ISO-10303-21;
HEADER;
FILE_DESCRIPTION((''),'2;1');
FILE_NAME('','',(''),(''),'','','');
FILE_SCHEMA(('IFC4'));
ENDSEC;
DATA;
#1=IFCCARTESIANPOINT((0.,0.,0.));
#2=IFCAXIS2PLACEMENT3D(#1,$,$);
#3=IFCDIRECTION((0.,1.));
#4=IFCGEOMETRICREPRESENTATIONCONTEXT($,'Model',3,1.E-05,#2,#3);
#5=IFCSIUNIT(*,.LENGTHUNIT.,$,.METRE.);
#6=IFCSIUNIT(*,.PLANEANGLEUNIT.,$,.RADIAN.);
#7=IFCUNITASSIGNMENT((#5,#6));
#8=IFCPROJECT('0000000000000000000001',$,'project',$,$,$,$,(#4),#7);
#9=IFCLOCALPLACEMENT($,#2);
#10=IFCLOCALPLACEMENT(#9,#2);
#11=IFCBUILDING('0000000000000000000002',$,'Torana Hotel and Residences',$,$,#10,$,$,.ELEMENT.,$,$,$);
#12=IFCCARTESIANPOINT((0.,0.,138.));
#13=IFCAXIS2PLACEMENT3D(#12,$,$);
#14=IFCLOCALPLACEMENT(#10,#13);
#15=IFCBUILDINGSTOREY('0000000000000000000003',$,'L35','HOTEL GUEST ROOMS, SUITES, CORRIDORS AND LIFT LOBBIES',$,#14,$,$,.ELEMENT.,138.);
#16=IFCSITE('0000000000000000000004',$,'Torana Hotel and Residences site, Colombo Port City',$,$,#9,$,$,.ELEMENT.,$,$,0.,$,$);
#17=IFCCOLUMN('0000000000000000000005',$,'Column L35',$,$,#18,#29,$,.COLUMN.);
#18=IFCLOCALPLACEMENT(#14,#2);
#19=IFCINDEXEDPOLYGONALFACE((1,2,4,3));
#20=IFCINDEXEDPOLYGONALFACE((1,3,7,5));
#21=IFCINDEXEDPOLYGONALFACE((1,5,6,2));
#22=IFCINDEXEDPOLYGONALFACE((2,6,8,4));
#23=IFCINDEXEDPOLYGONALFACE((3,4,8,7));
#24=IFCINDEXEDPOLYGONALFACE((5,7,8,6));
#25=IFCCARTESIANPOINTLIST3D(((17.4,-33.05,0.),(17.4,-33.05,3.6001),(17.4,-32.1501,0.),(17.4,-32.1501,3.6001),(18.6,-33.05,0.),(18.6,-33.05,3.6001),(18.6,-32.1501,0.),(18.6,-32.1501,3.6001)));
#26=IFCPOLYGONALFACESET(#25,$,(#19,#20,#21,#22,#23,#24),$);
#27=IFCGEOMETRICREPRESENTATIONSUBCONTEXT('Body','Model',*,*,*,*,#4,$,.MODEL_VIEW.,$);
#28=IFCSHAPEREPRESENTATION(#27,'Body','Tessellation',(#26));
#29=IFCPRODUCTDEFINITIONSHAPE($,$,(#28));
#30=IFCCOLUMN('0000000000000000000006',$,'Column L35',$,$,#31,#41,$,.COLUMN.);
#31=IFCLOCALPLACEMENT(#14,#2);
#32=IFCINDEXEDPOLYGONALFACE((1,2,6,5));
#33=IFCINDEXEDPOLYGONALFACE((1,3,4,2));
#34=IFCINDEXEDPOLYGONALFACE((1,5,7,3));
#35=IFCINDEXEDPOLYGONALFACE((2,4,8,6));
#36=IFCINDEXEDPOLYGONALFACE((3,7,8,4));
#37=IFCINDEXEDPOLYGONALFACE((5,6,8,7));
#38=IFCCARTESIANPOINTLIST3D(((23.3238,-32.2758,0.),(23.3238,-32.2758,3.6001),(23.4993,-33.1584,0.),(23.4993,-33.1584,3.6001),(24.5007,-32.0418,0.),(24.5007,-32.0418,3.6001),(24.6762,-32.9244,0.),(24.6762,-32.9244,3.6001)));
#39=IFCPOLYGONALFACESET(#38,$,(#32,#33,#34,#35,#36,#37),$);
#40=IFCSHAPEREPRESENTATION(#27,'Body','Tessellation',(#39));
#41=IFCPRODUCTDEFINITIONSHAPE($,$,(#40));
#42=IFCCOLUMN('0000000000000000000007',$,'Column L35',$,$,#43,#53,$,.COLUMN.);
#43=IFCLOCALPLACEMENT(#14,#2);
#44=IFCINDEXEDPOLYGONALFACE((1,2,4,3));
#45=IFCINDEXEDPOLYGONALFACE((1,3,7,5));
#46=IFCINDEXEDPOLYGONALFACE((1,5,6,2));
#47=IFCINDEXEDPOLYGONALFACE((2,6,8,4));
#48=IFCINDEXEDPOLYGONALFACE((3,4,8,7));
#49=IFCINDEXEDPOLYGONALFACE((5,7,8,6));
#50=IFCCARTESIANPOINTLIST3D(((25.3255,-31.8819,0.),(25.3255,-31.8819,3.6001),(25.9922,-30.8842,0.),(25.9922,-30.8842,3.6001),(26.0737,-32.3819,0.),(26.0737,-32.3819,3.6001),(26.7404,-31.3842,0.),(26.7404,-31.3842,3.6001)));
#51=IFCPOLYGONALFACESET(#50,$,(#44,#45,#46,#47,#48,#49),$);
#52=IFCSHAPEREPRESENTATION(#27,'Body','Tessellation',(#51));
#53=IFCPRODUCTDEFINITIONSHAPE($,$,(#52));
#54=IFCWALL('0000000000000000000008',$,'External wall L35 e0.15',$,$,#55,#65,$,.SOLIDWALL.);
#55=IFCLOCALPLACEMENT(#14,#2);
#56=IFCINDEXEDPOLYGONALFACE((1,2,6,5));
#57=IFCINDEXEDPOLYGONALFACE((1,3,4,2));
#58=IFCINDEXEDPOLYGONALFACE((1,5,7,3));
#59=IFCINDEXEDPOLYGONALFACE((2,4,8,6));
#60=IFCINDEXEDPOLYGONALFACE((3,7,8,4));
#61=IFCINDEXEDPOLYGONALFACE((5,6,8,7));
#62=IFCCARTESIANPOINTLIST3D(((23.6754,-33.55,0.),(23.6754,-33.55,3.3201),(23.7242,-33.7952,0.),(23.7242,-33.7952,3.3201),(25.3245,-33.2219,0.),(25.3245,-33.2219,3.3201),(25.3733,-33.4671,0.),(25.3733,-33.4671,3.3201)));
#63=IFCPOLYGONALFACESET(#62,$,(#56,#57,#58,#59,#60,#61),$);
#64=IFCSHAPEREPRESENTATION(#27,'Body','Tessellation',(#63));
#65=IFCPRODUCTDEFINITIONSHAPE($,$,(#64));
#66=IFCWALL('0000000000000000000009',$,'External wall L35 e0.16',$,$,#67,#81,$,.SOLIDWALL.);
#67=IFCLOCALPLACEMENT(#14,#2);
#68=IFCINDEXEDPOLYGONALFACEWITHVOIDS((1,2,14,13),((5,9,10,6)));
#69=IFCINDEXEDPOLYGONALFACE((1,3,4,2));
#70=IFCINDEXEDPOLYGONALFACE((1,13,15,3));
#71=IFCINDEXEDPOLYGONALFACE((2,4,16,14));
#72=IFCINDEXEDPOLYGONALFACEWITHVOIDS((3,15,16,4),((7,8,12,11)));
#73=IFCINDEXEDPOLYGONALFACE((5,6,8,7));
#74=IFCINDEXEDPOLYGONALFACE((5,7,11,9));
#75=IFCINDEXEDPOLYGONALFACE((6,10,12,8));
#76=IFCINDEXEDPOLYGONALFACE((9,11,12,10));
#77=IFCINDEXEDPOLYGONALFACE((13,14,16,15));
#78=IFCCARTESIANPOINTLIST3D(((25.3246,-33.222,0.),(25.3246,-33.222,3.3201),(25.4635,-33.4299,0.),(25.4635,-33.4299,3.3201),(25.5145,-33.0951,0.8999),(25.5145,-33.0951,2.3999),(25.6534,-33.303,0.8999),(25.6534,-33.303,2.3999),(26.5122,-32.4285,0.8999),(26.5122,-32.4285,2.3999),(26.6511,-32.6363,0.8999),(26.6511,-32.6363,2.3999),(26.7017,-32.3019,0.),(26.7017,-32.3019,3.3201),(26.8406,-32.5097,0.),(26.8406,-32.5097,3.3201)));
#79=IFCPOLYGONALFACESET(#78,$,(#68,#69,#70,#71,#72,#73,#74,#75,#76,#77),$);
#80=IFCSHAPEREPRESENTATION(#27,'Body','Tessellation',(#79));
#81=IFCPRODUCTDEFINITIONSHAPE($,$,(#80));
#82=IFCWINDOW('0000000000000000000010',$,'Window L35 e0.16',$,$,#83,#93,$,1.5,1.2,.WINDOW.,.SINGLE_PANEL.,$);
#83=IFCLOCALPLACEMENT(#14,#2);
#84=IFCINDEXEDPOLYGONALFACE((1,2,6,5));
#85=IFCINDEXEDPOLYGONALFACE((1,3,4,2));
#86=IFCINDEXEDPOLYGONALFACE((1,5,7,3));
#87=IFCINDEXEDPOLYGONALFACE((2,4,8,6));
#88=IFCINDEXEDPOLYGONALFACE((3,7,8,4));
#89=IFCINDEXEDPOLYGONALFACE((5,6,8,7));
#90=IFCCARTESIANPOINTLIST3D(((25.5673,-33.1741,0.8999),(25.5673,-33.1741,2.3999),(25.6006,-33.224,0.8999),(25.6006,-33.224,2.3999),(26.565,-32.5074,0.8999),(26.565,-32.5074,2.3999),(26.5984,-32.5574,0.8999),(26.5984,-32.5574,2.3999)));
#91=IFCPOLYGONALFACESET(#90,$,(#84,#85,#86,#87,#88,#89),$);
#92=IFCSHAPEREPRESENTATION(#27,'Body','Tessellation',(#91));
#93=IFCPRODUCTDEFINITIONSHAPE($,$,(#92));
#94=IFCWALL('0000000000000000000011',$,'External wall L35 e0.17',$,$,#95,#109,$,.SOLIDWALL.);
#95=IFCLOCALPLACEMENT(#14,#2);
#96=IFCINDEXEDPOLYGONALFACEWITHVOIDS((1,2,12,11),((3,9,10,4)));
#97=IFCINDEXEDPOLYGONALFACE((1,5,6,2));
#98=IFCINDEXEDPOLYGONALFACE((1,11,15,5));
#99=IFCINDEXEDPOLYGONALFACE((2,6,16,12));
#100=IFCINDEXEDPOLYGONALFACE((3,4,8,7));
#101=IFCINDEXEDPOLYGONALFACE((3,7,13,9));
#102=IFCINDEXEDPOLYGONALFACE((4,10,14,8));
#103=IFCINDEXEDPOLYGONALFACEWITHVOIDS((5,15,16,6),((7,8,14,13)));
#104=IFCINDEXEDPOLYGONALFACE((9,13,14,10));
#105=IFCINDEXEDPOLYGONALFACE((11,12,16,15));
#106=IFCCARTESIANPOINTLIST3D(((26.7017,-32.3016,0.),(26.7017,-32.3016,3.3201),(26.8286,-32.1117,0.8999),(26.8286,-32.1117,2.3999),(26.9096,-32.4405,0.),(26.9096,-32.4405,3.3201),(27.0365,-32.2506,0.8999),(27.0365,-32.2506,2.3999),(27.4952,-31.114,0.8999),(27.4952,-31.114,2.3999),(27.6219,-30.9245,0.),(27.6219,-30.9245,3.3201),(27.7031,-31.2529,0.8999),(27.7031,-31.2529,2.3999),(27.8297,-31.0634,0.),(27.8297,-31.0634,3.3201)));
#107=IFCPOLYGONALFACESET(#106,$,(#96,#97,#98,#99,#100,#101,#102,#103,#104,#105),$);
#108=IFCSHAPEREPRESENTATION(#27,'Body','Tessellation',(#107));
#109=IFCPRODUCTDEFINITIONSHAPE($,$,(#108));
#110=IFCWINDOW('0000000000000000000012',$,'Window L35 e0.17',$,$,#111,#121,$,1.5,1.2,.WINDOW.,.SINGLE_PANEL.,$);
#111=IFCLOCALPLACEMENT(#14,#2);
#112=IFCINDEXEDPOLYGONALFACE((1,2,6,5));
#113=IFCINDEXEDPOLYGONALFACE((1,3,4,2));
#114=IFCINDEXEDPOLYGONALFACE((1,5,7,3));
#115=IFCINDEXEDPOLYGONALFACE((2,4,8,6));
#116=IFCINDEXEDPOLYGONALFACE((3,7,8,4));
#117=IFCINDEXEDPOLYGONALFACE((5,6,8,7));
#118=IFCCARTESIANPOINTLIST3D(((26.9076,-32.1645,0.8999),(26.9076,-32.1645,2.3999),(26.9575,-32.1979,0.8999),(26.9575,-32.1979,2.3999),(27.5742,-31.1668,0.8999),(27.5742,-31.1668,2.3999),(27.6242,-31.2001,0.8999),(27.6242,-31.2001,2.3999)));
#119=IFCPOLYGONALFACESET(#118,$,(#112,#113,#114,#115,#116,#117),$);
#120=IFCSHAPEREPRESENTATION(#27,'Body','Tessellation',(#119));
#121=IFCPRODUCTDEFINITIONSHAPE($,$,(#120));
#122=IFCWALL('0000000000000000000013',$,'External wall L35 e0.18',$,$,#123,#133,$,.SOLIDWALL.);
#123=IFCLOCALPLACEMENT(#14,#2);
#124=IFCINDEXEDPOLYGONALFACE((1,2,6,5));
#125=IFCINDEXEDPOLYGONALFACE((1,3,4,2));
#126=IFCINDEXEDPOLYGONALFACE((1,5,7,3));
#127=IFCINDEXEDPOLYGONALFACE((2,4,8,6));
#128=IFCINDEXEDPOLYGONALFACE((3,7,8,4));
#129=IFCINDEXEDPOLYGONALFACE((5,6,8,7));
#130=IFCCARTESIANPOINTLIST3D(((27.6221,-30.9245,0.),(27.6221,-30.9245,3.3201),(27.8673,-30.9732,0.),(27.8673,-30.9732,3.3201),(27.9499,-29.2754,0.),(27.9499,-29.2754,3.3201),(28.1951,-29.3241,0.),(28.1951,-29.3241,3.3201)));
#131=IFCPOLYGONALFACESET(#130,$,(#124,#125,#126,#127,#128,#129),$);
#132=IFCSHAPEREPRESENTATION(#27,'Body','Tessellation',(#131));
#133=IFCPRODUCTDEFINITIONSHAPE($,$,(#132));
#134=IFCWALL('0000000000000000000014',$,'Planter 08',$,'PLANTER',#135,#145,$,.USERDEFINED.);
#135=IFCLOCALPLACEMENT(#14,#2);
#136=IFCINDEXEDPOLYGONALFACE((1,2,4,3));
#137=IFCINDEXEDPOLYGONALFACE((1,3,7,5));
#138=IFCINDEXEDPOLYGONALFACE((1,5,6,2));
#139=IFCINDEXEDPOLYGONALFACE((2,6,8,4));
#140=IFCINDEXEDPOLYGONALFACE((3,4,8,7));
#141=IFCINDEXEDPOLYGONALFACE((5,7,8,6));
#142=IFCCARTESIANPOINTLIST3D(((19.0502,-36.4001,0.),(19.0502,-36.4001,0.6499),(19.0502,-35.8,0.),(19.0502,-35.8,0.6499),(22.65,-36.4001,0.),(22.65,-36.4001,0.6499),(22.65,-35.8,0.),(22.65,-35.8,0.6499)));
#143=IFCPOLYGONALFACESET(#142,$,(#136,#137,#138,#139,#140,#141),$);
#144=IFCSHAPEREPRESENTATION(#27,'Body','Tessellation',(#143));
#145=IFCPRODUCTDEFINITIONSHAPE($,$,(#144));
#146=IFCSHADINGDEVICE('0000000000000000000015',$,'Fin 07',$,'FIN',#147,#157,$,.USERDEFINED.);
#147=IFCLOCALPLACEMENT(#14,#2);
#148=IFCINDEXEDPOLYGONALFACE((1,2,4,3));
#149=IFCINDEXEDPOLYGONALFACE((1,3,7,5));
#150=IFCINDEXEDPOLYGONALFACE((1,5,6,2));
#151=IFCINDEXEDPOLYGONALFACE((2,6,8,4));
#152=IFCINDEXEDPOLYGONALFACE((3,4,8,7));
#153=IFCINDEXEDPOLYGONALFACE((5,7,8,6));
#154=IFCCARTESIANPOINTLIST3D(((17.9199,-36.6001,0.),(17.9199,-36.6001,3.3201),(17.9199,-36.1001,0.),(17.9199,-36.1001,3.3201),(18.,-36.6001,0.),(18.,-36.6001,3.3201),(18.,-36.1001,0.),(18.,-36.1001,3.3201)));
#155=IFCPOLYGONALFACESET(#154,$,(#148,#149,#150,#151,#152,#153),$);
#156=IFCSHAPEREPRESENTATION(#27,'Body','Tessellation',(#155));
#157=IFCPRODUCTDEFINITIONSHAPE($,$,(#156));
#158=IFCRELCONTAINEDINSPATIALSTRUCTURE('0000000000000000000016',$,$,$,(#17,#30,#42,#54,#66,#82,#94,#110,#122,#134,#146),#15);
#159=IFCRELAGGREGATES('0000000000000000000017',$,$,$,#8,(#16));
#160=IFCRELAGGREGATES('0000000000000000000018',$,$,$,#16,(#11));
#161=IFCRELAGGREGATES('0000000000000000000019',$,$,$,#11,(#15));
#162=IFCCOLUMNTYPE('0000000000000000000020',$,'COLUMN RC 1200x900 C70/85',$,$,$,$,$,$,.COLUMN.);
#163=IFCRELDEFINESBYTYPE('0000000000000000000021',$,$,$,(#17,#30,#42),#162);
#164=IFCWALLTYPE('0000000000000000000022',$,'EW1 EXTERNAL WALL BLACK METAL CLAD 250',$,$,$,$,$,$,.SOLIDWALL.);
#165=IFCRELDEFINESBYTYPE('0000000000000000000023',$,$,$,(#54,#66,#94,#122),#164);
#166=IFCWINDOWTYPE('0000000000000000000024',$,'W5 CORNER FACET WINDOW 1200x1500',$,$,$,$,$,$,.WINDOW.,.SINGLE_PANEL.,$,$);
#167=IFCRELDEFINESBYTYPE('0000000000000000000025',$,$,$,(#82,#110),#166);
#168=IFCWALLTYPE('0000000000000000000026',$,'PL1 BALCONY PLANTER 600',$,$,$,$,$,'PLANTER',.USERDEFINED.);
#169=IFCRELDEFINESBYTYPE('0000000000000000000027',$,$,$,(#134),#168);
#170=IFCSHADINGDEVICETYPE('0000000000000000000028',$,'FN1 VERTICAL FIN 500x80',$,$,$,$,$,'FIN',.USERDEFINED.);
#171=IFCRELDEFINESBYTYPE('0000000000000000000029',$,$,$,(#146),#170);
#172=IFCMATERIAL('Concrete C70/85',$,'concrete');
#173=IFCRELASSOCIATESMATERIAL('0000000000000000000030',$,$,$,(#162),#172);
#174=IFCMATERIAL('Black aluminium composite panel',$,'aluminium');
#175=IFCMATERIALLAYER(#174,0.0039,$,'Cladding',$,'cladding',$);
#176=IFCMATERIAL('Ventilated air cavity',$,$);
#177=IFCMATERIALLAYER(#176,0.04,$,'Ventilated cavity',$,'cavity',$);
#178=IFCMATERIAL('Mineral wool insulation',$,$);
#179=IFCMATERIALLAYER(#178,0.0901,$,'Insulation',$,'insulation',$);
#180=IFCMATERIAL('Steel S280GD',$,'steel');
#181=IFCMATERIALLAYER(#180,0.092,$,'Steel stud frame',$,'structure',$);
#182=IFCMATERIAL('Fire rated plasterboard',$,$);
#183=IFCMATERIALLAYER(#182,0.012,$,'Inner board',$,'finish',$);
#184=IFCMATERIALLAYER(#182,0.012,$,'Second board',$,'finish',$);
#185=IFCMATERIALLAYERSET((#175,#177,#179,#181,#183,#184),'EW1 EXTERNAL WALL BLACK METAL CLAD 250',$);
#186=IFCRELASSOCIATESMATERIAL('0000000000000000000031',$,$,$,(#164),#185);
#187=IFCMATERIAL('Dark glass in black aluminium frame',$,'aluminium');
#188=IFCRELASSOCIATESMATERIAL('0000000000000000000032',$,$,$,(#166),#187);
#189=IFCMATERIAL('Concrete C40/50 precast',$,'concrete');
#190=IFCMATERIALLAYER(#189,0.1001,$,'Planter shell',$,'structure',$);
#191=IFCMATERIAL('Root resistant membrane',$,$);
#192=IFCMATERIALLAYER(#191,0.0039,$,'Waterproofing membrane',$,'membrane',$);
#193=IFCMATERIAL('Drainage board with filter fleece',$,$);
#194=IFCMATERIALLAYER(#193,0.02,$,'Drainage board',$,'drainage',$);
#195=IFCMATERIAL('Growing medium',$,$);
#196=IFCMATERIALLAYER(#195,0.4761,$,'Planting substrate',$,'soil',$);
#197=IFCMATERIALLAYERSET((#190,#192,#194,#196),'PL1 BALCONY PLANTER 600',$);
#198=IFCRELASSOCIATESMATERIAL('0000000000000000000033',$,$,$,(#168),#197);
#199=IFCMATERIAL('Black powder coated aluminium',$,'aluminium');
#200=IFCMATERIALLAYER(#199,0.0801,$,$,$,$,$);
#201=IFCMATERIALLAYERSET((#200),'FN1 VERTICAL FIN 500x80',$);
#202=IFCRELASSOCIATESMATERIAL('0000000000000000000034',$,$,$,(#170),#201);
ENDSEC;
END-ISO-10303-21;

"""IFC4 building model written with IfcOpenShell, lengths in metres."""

from ifc_helpers import new_model, si_unit, direction, frame, frame_2d, origin, origin_2d, place, context, subcontext, project, spatial, rectangle, extrude, material, layer, layer_set, material_profile, profile_set, type_object, element, fill, save


model = new_model("IFC4")

# Units and contexts
model_context = context("Model", 3, precision=1e-05, world=origin(), true_north=direction((0.0, 1.0)))
body_context = subcontext(model_context, "Body", "Model", "MODEL_VIEW")
ifc_project = project(units=[si_unit("LENGTHUNIT", "METRE"), si_unit("PLANEANGLEUNIT", "RADIAN")], contexts=[model_context])

# Site, building, storey
site_placement = place(None, origin())
site = spatial("IfcSite", under=ifc_project, at=site_placement, Name="Torana Hotel and Residences site, Colombo Port City", CompositionType="ELEMENT", RefElevation=0.0)
building_placement = place(site_placement, origin())
building = spatial("IfcBuilding", under=site, at=building_placement, Name="Torana Hotel and Residences", CompositionType="ELEMENT")
storey_placement = place(building_placement, frame((0.0, 0.0, 138.0)))
storey = spatial("IfcBuildingStorey", under=building, at=storey_placement, Name="L35", Description="HOTEL GUEST ROOMS, SUITES, CORRIDORS AND LIFT LOBBIES", CompositionType="ELEMENT", Elevation=138.0)

# Columns
ifc_material_1 = material(Name="Concrete C70/85", Category="concrete")
ifc_material_profile = material_profile(ifc_material_1, rectangle(XDim=1.2, YDim=0.8999, at=origin_2d()), Name="RC 1200x900")
ifc_profile_set = profile_set([ifc_material_profile], Name="Concrete C70/85")
column_type = type_object("IfcColumnType", Name="COLUMN RC 1200x900 C70/85", PredefinedType="COLUMN", material=ifc_profile_set)
for number, where, z_axis, x_axis, name in (
    (1, (18.0, -32.6001, 0.0), (0.0, 0.0, 1.0), (1.0, 0.0, 0.0), "Column L35"),
    (2, (24.0, -32.6001, 0.0), (0.0, 0.0, 1.0), (0.980792, 0.195056, 0.0), "Column L35"),
    (3, (26.033, -31.6331, 0.0), (0.0, 0.0, 1.0), (0.555585, 0.83146, 0.0), "Column L35"),
):
    element("IfcColumn", number, at=place(storey_placement, frame(where, z_axis=z_axis, x_axis=x_axis)), inside=storey, type_object=column_type, Name=name, PredefinedType="COLUMN", context=body_context, shape_type="SweptSolid", body=[
        extrude(rectangle(XDim=1.2, YDim=0.8999, at=origin_2d()), origin(), (0.0, 0.0, 1.0), 3.6001),
    ])

# Wall
ifc_material_2 = material(Name="Black aluminium composite panel", Category="aluminium")
ifc_layer_1 = layer(ifc_material_2, 0.0039, Name="Cladding", Category="cladding")
ifc_material_3 = material(Name="Ventilated air cavity")
ifc_layer_2 = layer(ifc_material_3, 0.04, Name="Ventilated cavity", Category="cavity")
ifc_material_4 = material(Name="Mineral wool insulation")
ifc_layer_3 = layer(ifc_material_4, 0.0901, Name="Insulation", Category="insulation")
ifc_material_5 = material(Name="Steel S280GD", Category="steel")
ifc_layer_4 = layer(ifc_material_5, 0.092, Name="Steel stud frame", Category="structure")
ifc_material_6 = material(Name="Fire rated plasterboard")
ifc_layer_5 = layer(ifc_material_6, 0.012, Name="Inner board", Category="finish")
ifc_layer_6 = layer(ifc_material_6, 0.012, Name="Second board", Category="finish")
ifc_layer_set_1 = layer_set([ifc_layer_1, ifc_layer_2, ifc_layer_3, ifc_layer_4, ifc_layer_5, ifc_layer_6], Name="EW1 EXTERNAL WALL BLACK METAL CLAD 250")
wall_type_1 = type_object("IfcWallType", Name="EW1 EXTERNAL WALL BLACK METAL CLAD 250", PredefinedType="SOLIDWALL", material=ifc_layer_set_1)
wall_1_placement = place(storey_placement, frame((23.6997, -33.6726, 0.0), z_axis=(0.0, 0.0, 1.0), x_axis=(0.980776, 0.195139, 0.0)))
element("IfcWall", 4, at=wall_1_placement, inside=storey, type_object=wall_type_1, Name="External wall L35 e0.15", PredefinedType="SOLIDWALL", context=body_context, shape_type="SweptSolid", body=[
    extrude(rectangle(XDim=1.6814, YDim=0.25, at=frame_2d((0.8408, 0.0))), origin(), (0.0, 0.0, 1.0), 3.3201),
])

# Walls, openings, windows
wall_2_placement = place(storey_placement, frame((25.394, -33.3259, 0.0), z_axis=(0.0, 0.0, 1.0), x_axis=(0.831483, 0.55555, 0.0)))
wall_2 = element("IfcWall", 5, at=wall_2_placement, inside=storey, type_object=wall_type_1, Name="External wall L35 e0.16", PredefinedType="SOLIDWALL", context=body_context, shape_type="SweptSolid", body=[
    extrude(rectangle(XDim=1.6562, YDim=0.25, at=frame_2d((0.8281, 0.0))), origin(), (0.0, 0.0, 1.0), 3.3201),
])
opening_1_placement = place(wall_2_placement, frame((0.2283, 0.0, 0.8999)))
opening_1 = element("IfcOpeningElement", 6, at=opening_1_placement, cuts=wall_2, PredefinedType="OPENING", context=body_context, shape_type="SweptSolid", body=[
    extrude(rectangle(XDim=1.2, YDim=1.5, at=frame_2d((0.6001, 0.75))), frame((0.0, 0.135, 0.0), z_axis=(0.0, -1.0, 0.0), x_axis=(1.0, 0.0, 0.0)), (0.0, 0.0, 1.0), 0.27),
])
ifc_material_7 = material(Name="Dark glass in black aluminium frame", Category="aluminium")
window_type_1 = type_object("IfcWindowType", Name="W5 CORNER FACET WINDOW 1200x1500", PartitioningType="SINGLE_PANEL", PredefinedType="WINDOW", material=ifc_material_7)
window_1_placement = place(opening_1_placement, origin())
window_1 = element("IfcWindow", 7, at=window_1_placement, inside=storey, type_object=window_type_1, Name="Window L35 e0.16", OverallHeight=1.5, OverallWidth=1.2, PartitioningType="SINGLE_PANEL", PredefinedType="WINDOW", context=body_context, shape_type="SweptSolid", body=[
    extrude(rectangle(XDim=1.2, YDim=1.5, at=frame_2d((0.6001, 0.75))), frame((0.0, 0.03, 0.0), z_axis=(0.0, -1.0, 0.0), x_axis=(1.0, 0.0, 0.0)), (0.0, 0.0, 1.0), 0.0601),
])
fill(opening_1, window_1)
wall_3_placement = place(storey_placement, frame((26.8057, -32.3711, 0.0), z_axis=(0.0, 0.0, 1.0), x_axis=(0.55555, 0.831483, 0.0)))
wall_3 = element("IfcWall", 8, at=wall_3_placement, inside=storey, type_object=wall_type_1, Name="External wall L35 e0.17", PredefinedType="SOLIDWALL", context=body_context, shape_type="SweptSolid", body=[
    extrude(rectangle(XDim=1.6562, YDim=0.25, at=frame_2d((0.8281, 0.0))), origin(), (0.0, 0.0, 1.0), 3.3201),
])
opening_2_placement = place(wall_3_placement, frame((0.2283, 0.0, 0.8999)))
opening_2 = element("IfcOpeningElement", 9, at=opening_2_placement, cuts=wall_3, PredefinedType="OPENING", context=body_context, shape_type="SweptSolid", body=[
    extrude(rectangle(XDim=1.2, YDim=1.5, at=frame_2d((0.6001, 0.75))), frame((0.0, 0.135, 0.0), z_axis=(0.0, -1.0, 0.0), x_axis=(1.0, 0.0, 0.0)), (0.0, 0.0, 1.0), 0.27),
])
window_2_placement = place(opening_2_placement, origin())
window_2 = element("IfcWindow", 10, at=window_2_placement, inside=storey, type_object=window_type_1, Name="Window L35 e0.17", OverallHeight=1.5, OverallWidth=1.2, PartitioningType="SINGLE_PANEL", PredefinedType="WINDOW", context=body_context, shape_type="SweptSolid", body=[
    extrude(rectangle(XDim=1.2, YDim=1.5, at=frame_2d((0.6001, 0.75))), frame((0.0, 0.03, 0.0), z_axis=(0.0, -1.0, 0.0), x_axis=(1.0, 0.0, 0.0)), (0.0, 0.0, 1.0), 0.0601),
])
fill(opening_2, window_2)

# Wall
wall_4_placement = place(storey_placement, frame((27.7446, -30.949, 0.0), z_axis=(0.0, 0.0, 1.0), x_axis=(0.194999, 0.980803, 0.0)))
element("IfcWall", 11, at=wall_4_placement, inside=storey, type_object=wall_type_1, Name="External wall L35 e0.18", PredefinedType="SOLIDWALL", context=body_context, shape_type="SweptSolid", body=[
    extrude(rectangle(XDim=1.6814, YDim=0.25, at=frame_2d((0.8408, 0.0))), origin(), (0.0, 0.0, 1.0), 3.3201),
])

# Wall
ifc_material_8 = material(Name="Concrete C40/50 precast", Category="concrete")
ifc_layer_7 = layer(ifc_material_8, 0.1001, Name="Planter shell", Category="structure")
ifc_material_9 = material(Name="Root resistant membrane")
ifc_layer_8 = layer(ifc_material_9, 0.0039, Name="Waterproofing membrane", Category="membrane")
ifc_material_10 = material(Name="Drainage board with filter fleece")
ifc_layer_9 = layer(ifc_material_10, 0.02, Name="Drainage board", Category="drainage")
ifc_material_11 = material(Name="Growing medium")
ifc_layer_10 = layer(ifc_material_11, 0.4761, Name="Planting substrate", Category="soil")
ifc_layer_set_2 = layer_set([ifc_layer_7, ifc_layer_8, ifc_layer_9, ifc_layer_10], Name="PL1 BALCONY PLANTER 600")
wall_type_2 = type_object("IfcWallType", Name="PL1 BALCONY PLANTER 600", ElementType="PLANTER", PredefinedType="USERDEFINED", material=ifc_layer_set_2)
wall_5_placement = place(storey_placement, frame((22.6499, -36.1001, 0.0), z_axis=(0.0, 0.0, 1.0), x_axis=(-1.0, 0.0, 0.0)))
element("IfcWall", 12, at=wall_5_placement, inside=storey, type_object=wall_type_2, Name="Planter 08", ObjectType="PLANTER", PredefinedType="USERDEFINED", context=body_context, shape_type="SweptSolid", body=[
    extrude(rectangle(XDim=3.5999, YDim=0.6001, at=frame_2d((1.7998, 0.0))), origin(), (0.0, 0.0, 1.0), 0.6499),
])

# Shading device
ifc_material_12 = material(Name="Black powder coated aluminium", Category="aluminium")
ifc_layer_11 = layer(ifc_material_12, 0.0801)
ifc_layer_set_3 = layer_set([ifc_layer_11], Name="FN1 VERTICAL FIN 500x80")
shading_device_type = type_object("IfcShadingDeviceType", Name="FN1 VERTICAL FIN 500x80", ElementType="FIN", PredefinedType="USERDEFINED", material=ifc_layer_set_3)
shading_device_placement = place(storey_placement, frame((17.96, -36.3501, 0.0), z_axis=(0.0, 0.0, 1.0), x_axis=(-1.0, 0.0, 0.0)))
element("IfcShadingDevice", 13, at=shading_device_placement, inside=storey, type_object=shading_device_type, Name="Fin 07", ObjectType="FIN", PredefinedType="USERDEFINED", context=body_context, shape_type="SweptSolid", body=[
    extrude(rectangle(XDim=0.0801, YDim=0.5, at=origin_2d()), origin(), (0.0, 0.0, 1.0), 3.3201),
])

save(model, "model.ifc")
